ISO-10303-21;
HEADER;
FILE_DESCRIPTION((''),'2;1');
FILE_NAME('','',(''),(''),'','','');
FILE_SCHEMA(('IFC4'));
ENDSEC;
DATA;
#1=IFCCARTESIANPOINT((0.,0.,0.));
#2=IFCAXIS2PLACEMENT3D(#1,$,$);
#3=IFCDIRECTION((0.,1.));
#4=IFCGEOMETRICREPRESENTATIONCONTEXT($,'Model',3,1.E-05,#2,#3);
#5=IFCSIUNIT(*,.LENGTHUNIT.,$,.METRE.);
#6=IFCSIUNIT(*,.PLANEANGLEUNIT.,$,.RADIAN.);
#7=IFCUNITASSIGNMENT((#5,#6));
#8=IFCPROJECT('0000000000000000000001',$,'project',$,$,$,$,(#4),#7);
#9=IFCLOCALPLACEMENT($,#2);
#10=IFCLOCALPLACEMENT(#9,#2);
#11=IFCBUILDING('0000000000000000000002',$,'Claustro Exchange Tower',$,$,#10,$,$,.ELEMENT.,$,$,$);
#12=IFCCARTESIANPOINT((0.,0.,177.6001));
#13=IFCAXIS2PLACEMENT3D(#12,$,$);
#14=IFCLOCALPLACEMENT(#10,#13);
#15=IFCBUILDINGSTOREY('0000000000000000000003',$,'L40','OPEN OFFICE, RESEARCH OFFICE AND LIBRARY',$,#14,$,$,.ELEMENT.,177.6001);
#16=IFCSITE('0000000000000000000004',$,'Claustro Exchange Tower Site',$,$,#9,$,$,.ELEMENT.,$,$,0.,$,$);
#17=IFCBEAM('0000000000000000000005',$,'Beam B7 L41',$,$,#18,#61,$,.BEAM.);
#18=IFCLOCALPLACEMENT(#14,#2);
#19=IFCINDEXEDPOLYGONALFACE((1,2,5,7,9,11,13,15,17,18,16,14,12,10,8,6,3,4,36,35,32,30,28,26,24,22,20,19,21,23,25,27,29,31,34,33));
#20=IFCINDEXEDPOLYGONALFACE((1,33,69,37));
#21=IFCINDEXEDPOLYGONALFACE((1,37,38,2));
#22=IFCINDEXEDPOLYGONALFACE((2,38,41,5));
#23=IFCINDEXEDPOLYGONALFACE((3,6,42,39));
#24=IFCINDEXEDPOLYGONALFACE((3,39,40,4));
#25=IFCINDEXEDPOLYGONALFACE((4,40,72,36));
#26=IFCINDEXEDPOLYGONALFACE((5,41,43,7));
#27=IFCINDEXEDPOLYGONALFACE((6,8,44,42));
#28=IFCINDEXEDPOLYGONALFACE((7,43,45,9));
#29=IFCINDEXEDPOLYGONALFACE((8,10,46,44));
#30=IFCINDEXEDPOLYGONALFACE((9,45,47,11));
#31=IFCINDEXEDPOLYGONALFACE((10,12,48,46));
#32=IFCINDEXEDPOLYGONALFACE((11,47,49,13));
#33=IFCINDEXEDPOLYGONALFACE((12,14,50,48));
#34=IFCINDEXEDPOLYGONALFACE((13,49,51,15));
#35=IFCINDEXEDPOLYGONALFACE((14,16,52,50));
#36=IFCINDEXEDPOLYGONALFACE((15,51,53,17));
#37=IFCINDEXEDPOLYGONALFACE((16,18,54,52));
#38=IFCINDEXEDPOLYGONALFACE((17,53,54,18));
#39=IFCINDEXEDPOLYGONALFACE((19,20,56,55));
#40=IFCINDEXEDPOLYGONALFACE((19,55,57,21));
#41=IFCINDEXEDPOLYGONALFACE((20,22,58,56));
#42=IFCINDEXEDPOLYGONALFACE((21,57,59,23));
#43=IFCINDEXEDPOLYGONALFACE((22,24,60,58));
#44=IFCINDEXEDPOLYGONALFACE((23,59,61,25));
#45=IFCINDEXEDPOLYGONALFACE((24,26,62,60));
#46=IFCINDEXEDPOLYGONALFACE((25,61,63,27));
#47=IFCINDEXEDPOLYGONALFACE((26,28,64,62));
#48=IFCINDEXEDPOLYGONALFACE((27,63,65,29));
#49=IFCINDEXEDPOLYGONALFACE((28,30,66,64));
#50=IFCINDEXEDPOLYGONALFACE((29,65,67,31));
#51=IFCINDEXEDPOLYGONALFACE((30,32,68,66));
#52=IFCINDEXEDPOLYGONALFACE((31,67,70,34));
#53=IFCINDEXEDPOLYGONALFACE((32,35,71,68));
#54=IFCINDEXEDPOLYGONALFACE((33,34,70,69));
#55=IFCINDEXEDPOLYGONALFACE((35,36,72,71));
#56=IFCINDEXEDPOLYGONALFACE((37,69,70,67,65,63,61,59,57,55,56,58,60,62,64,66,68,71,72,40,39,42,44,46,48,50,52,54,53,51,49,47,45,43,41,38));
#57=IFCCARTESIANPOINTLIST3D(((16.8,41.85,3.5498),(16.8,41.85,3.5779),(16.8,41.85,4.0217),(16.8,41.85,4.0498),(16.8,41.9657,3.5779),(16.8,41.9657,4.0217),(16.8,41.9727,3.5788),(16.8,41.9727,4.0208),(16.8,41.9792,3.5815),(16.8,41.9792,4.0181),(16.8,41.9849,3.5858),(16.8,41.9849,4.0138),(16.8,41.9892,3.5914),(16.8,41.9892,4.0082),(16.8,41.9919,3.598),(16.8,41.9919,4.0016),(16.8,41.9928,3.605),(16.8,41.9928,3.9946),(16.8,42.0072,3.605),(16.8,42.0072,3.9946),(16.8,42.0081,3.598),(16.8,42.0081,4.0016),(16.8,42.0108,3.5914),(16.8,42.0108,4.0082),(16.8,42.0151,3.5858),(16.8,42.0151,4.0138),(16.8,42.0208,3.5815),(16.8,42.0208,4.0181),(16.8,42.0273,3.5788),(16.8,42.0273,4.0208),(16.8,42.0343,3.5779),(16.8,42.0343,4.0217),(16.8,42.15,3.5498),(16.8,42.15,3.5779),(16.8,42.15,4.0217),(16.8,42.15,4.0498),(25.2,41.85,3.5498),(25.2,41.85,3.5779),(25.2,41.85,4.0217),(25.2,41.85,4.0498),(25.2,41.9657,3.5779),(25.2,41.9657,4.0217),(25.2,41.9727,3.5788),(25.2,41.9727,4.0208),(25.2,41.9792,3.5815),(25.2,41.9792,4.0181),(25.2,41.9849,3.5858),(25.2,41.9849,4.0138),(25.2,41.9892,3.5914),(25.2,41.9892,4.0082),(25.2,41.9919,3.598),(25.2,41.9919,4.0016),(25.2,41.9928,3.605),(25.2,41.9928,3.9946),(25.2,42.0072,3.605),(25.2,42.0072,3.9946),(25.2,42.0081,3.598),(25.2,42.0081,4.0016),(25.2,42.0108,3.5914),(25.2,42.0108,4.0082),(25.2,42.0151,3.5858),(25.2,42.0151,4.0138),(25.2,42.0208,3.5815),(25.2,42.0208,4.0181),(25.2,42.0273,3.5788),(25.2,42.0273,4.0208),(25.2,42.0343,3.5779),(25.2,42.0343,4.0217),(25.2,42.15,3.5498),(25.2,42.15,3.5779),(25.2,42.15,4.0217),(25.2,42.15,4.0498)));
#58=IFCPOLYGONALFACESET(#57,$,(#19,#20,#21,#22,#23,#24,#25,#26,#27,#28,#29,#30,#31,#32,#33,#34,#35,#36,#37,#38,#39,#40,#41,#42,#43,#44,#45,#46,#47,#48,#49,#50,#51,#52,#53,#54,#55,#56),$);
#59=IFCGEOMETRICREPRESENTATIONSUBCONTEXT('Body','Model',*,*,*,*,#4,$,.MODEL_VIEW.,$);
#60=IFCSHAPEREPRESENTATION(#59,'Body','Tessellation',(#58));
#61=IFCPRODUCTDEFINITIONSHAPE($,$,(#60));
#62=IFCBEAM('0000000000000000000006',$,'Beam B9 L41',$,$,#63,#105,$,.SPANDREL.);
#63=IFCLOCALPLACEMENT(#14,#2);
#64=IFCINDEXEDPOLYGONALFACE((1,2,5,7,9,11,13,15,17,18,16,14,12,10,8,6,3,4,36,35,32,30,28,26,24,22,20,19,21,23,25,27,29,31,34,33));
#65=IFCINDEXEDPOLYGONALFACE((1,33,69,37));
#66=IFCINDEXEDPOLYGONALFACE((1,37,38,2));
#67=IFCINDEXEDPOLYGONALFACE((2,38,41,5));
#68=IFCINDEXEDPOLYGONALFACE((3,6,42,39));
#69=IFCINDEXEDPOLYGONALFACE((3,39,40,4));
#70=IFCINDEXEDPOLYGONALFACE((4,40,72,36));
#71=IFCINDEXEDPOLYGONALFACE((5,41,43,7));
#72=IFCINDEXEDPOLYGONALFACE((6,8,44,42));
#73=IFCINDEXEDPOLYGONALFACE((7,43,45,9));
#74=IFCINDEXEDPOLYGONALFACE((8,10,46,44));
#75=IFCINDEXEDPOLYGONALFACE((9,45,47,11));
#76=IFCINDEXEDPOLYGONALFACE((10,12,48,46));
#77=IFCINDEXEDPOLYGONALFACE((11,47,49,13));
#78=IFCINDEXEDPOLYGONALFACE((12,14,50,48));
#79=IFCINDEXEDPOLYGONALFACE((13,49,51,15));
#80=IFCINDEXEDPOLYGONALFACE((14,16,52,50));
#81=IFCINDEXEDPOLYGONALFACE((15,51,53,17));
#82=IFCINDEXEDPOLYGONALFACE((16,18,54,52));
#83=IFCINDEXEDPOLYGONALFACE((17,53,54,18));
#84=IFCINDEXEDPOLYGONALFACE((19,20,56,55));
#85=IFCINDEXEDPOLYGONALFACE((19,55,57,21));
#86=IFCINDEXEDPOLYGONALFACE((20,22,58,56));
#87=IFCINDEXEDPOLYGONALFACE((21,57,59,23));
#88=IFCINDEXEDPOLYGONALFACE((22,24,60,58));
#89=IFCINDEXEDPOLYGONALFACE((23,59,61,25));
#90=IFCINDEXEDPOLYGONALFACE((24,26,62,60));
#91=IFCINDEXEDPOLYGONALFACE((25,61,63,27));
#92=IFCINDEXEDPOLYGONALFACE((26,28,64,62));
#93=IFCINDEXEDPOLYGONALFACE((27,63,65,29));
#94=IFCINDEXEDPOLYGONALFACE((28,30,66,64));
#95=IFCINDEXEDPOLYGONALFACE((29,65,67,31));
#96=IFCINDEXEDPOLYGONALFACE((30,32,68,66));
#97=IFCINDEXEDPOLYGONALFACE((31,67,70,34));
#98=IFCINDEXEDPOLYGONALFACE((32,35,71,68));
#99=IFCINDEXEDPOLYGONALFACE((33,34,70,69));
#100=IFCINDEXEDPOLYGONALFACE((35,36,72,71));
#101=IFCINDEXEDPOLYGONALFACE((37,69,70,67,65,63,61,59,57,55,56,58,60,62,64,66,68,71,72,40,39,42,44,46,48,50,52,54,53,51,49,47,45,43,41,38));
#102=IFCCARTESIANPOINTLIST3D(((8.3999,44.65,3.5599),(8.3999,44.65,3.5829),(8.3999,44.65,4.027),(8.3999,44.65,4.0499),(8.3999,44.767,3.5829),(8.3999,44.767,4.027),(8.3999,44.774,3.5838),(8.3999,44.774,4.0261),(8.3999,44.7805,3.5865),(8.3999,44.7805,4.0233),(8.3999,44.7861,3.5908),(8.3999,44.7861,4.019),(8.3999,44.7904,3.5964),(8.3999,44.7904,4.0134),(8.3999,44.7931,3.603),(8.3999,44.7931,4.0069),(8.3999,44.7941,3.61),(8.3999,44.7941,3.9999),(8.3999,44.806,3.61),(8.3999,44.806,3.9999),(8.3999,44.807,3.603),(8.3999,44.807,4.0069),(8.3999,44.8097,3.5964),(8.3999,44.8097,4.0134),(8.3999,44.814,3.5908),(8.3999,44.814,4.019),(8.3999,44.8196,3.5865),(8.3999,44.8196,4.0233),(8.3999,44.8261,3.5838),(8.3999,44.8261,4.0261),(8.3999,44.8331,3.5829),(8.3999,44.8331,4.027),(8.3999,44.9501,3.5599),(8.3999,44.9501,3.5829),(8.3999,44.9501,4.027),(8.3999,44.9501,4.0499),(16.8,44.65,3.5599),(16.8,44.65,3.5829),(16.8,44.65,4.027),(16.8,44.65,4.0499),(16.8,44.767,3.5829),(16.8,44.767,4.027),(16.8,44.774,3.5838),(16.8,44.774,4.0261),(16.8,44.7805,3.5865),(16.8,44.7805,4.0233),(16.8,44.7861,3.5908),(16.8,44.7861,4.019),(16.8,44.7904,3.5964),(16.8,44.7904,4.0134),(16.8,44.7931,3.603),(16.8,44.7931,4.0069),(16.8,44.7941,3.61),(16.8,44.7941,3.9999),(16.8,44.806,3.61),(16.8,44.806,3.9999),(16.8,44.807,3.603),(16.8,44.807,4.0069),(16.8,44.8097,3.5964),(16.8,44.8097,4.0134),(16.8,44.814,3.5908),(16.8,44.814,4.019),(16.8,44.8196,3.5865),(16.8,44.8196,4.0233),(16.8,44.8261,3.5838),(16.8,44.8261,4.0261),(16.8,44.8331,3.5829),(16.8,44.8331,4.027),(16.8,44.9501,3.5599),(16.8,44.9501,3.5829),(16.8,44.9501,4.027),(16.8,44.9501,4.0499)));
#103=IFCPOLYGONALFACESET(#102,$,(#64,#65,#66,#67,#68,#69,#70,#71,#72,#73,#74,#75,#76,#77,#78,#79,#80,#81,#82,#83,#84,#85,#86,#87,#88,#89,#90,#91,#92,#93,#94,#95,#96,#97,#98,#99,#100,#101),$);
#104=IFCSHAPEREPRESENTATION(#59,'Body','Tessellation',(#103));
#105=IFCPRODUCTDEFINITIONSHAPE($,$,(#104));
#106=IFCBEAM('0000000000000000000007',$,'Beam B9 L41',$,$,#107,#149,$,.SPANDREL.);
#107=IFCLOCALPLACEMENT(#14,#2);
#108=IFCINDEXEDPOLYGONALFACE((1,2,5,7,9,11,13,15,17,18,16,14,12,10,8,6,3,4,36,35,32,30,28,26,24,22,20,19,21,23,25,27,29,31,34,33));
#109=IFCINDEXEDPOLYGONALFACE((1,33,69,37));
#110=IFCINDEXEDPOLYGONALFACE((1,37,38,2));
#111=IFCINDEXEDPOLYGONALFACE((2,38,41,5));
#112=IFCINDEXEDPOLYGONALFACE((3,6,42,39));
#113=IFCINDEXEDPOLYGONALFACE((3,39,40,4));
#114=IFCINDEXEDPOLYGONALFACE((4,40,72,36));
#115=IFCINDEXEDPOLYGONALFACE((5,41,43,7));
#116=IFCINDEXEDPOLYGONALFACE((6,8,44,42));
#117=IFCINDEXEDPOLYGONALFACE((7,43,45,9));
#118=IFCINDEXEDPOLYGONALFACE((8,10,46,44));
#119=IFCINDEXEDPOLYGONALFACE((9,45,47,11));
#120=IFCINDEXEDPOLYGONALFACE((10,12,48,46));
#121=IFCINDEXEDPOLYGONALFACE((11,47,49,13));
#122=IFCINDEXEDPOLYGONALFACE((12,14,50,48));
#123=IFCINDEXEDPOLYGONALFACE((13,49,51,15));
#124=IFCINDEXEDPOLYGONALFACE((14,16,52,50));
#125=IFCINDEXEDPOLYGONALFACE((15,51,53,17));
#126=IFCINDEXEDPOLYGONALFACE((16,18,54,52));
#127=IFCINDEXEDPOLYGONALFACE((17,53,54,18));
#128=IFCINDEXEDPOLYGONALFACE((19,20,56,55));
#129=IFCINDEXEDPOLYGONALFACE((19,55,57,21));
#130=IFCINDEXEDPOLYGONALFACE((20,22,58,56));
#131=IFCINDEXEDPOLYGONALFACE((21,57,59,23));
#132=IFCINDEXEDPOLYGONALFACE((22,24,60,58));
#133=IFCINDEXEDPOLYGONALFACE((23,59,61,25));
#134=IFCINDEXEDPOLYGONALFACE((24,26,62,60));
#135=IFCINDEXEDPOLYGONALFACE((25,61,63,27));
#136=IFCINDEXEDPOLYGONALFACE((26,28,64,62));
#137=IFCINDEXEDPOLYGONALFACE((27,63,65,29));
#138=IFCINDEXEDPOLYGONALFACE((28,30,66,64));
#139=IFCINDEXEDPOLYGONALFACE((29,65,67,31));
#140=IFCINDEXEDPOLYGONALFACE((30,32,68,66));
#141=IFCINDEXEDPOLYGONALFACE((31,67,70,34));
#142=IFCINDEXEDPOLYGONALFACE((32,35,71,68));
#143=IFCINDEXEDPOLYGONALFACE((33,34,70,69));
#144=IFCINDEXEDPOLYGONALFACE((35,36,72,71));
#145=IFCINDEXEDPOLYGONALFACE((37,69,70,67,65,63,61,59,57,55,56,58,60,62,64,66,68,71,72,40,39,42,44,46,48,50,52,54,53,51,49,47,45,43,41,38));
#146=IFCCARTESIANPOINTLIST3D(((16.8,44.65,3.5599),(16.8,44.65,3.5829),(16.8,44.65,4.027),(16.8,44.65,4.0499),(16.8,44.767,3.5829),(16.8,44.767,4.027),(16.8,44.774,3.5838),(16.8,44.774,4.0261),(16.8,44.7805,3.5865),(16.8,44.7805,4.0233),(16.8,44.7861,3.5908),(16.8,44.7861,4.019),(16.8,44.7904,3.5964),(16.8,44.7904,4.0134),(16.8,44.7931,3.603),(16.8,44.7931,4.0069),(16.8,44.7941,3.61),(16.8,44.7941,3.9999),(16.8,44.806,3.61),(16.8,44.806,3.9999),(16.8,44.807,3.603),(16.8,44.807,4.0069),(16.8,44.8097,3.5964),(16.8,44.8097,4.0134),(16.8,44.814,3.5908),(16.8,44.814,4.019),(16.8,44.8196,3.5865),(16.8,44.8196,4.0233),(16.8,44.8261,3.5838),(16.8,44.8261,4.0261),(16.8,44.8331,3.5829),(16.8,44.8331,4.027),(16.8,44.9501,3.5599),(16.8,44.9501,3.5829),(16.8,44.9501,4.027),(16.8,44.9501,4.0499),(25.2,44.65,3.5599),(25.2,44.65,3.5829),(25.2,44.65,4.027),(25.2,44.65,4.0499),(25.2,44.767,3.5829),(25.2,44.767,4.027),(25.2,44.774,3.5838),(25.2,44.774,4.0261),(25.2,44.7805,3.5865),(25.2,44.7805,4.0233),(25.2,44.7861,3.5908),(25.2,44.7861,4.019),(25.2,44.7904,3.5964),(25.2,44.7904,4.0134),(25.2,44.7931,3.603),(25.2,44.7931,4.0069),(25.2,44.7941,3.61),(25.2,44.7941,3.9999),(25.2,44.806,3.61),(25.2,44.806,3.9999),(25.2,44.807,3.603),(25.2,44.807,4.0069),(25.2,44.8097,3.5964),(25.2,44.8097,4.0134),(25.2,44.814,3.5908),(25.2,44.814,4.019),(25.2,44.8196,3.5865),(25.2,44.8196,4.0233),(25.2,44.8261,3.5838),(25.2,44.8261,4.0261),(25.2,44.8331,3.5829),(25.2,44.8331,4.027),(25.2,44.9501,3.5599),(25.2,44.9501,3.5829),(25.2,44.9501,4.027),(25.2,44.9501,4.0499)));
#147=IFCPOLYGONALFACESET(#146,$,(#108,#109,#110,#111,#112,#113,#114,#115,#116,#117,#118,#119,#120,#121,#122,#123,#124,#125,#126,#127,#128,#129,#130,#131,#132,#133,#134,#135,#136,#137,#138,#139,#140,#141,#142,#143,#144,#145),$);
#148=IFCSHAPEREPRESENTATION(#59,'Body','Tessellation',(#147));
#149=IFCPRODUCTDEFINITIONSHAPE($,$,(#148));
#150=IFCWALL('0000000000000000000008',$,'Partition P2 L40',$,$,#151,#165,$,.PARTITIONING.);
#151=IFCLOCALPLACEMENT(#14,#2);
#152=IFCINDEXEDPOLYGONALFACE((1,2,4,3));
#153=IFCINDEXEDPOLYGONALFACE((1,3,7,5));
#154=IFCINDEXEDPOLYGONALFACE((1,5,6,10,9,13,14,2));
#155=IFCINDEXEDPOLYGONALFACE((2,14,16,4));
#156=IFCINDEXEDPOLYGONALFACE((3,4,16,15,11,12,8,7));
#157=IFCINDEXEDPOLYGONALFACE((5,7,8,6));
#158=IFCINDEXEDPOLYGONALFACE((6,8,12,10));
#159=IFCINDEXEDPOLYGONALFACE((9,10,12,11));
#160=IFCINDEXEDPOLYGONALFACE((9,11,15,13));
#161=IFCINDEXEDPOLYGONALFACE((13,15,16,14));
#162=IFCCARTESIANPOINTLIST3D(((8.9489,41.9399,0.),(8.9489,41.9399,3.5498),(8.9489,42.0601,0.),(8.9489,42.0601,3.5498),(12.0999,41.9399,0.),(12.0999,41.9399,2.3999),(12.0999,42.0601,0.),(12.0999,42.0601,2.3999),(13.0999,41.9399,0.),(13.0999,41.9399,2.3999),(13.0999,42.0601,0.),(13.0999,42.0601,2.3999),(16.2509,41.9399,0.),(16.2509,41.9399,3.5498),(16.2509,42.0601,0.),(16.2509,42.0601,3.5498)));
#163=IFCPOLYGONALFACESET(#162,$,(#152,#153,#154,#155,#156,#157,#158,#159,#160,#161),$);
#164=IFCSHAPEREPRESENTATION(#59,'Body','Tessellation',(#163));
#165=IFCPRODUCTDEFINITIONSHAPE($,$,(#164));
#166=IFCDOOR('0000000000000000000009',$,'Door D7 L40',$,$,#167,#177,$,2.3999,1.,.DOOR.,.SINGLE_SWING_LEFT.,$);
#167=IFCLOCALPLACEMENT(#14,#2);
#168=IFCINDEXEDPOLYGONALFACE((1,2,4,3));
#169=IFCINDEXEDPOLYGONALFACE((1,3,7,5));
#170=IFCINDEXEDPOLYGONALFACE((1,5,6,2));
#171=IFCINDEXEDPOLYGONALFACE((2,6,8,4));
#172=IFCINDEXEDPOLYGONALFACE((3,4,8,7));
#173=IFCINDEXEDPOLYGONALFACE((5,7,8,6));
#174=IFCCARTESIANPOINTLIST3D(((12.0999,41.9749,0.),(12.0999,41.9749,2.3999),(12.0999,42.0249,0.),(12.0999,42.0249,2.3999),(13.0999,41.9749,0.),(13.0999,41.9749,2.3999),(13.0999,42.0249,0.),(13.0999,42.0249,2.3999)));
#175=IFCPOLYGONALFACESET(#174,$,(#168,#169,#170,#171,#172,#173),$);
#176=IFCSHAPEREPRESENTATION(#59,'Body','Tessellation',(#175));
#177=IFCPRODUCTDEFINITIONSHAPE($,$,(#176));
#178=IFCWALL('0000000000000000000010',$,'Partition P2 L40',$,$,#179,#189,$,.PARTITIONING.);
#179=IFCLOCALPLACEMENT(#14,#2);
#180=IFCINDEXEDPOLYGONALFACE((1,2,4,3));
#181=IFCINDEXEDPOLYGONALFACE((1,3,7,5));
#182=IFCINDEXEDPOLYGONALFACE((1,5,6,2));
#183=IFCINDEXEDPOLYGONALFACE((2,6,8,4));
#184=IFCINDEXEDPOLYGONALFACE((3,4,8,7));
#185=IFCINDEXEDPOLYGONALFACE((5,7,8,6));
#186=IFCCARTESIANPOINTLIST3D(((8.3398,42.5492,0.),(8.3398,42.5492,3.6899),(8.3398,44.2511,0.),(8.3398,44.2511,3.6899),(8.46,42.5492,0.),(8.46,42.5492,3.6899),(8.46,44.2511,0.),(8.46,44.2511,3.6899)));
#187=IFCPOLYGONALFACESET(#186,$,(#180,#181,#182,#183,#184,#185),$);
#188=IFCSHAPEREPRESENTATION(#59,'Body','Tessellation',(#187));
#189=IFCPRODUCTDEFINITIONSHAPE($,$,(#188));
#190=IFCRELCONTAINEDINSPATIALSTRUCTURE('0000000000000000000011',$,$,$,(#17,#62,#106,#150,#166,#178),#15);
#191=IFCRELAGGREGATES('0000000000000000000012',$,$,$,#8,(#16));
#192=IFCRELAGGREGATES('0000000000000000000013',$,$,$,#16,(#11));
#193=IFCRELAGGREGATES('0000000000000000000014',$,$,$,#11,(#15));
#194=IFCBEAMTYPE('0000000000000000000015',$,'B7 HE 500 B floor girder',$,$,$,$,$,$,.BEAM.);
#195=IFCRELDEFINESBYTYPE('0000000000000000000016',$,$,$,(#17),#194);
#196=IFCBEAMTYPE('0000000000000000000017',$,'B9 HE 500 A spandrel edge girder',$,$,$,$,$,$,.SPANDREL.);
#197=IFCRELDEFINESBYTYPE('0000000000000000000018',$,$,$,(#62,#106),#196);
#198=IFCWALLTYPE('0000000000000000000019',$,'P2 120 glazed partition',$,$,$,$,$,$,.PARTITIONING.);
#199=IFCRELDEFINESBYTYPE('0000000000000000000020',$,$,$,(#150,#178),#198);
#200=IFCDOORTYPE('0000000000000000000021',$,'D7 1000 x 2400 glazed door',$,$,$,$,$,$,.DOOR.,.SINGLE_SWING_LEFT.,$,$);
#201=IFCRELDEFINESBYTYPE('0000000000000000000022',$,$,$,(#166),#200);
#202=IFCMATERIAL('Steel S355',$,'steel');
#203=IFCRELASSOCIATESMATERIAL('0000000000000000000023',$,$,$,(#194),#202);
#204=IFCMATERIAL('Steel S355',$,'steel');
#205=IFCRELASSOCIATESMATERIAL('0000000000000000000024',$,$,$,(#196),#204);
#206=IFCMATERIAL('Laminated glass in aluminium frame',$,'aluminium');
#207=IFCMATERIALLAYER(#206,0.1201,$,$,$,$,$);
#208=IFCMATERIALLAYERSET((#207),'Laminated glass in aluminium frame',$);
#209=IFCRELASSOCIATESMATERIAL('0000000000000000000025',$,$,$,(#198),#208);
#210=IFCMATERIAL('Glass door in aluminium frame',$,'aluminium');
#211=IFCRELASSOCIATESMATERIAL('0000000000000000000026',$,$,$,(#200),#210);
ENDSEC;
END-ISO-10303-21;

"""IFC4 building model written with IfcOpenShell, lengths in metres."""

from ifc_helpers import new_model, si_unit, direction, frame, frame_2d, origin, origin_2d, place, context, subcontext, project, spatial, rectangle, i_section, extrude, material, layer, layer_set, material_profile, profile_set, type_object, element, fill, save


model = new_model("IFC4")

# Units and contexts
model_context = context("Model", 3, precision=1e-05, world=origin(), true_north=direction((0.0, 1.0)))
body_context = subcontext(model_context, "Body", "Model", "MODEL_VIEW")
ifc_project = project(units=[si_unit("LENGTHUNIT", "METRE"), si_unit("PLANEANGLEUNIT", "RADIAN")], contexts=[model_context])

# Site, building, storey
site_placement = place(None, origin())
site = spatial("IfcSite", under=ifc_project, at=site_placement, Name="Claustro Exchange Tower Site", CompositionType="ELEMENT", RefElevation=0.0)
building_placement = place(site_placement, origin())
building = spatial("IfcBuilding", under=site, at=building_placement, Name="Claustro Exchange Tower", CompositionType="ELEMENT")
storey_placement = place(building_placement, frame((0.0, 0.0, 177.6001)))
storey = spatial("IfcBuildingStorey", under=building, at=storey_placement, Name="L40", Description="OPEN OFFICE, RESEARCH OFFICE AND LIBRARY", CompositionType="ELEMENT", Elevation=177.6001)

# Beams
ifc_material_1 = material(Name="Steel S355", Category="steel")
ifc_material_profile_1 = material_profile(ifc_material_1, i_section(OverallWidth=0.3, OverallDepth=0.5, WebThickness=0.0144, FlangeThickness=0.0281, FilletRadius=0.0271, at=origin_2d()), Name="HE 500 B")
ifc_profile_set_1 = profile_set([ifc_material_profile_1], Name="Steel S355")
beam_type_1 = type_object("IfcBeamType", Name="B7 HE 500 B floor girder", PredefinedType="BEAM", material=ifc_profile_set_1)
beam_1_placement = place(storey_placement, frame((16.8, 42.0, 3.7998), z_axis=(1.0, 0.0, 0.0), x_axis=(0.0, 1.0, 0.0)))
element("IfcBeam", 1, at=beam_1_placement, inside=storey, type_object=beam_type_1, Name="Beam B7 L41", PredefinedType="BEAM", context=body_context, shape_type="SweptSolid", body=[
    extrude(i_section(OverallWidth=0.3, OverallDepth=0.5, WebThickness=0.0144, FlangeThickness=0.0281, FilletRadius=0.0271, at=origin_2d()), origin(), (0.0, 0.0, 1.0), 8.3999),
])
ifc_material_2 = material(Name="Steel S355", Category="steel")
ifc_material_profile_2 = material_profile(ifc_material_2, i_section(OverallWidth=0.3, OverallDepth=0.49, WebThickness=0.012, FlangeThickness=0.0229, FilletRadius=0.0271, at=origin_2d()), Name="HE 500 A")
ifc_profile_set_2 = profile_set([ifc_material_profile_2], Name="Steel S355")
beam_type_2 = type_object("IfcBeamType", Name="B9 HE 500 A spandrel edge girder", PredefinedType="SPANDREL", material=ifc_profile_set_2)
beam_2_placement = place(storey_placement, frame((8.3999, 44.8, 3.8049), z_axis=(1.0, 0.0, 0.0), x_axis=(0.0, 1.0, 0.0)))
element("IfcBeam", 2, at=beam_2_placement, inside=storey, type_object=beam_type_2, Name="Beam B9 L41", PredefinedType="SPANDREL", context=body_context, shape_type="SweptSolid", body=[
    extrude(i_section(OverallWidth=0.3, OverallDepth=0.49, WebThickness=0.012, FlangeThickness=0.0229, FilletRadius=0.0271, at=origin_2d()), origin(), (0.0, 0.0, 1.0), 8.4001),
])
beam_3_placement = place(storey_placement, frame((16.8, 44.8, 3.8049), z_axis=(1.0, 0.0, 0.0), x_axis=(0.0, 1.0, 0.0)))
element("IfcBeam", 3, at=beam_3_placement, inside=storey, type_object=beam_type_2, Name="Beam B9 L41", PredefinedType="SPANDREL", context=body_context, shape_type="SweptSolid", body=[
    extrude(i_section(OverallWidth=0.3, OverallDepth=0.49, WebThickness=0.012, FlangeThickness=0.0229, FilletRadius=0.0271, at=origin_2d()), origin(), (0.0, 0.0, 1.0), 8.3999),
])

# Wall, opening, door
ifc_material_3 = material(Name="Laminated glass in aluminium frame", Category="aluminium")
ifc_layer_1 = layer(ifc_material_3, 0.1201)
ifc_layer_set_1 = layer_set([ifc_layer_1], Name="Laminated glass in aluminium frame")
wall_type_1 = type_object("IfcWallType", Name="P2 120 glazed partition", PredefinedType="PARTITIONING", material=ifc_layer_set_1)
wall_1_placement = place(storey_placement, frame((8.949, 42.0, 0.0), z_axis=(0.0, 0.0, 1.0), x_axis=(1.0, 0.0, 0.0)))
wall_1 = element("IfcWall", 4, at=wall_1_placement, inside=storey, type_object=wall_type_1, Name="Partition P2 L40", PredefinedType="PARTITIONING", context=body_context, shape_type="SweptSolid", body=[
    extrude(rectangle(XDim=7.302, YDim=0.1201, at=frame_2d((3.6509, 0.0))), origin(), (0.0, 0.0, 1.0), 3.5498),
])
opening_1_placement = place(wall_1_placement, frame((3.1509, 0.0, 0.0)))
opening_1 = element("IfcOpeningElement", 5, at=opening_1_placement, cuts=wall_1, PredefinedType="OPENING", context=body_context, shape_type="SweptSolid", body=[
    extrude(rectangle(XDim=1.0, YDim=2.3999, at=frame_2d((0.5, 1.2))), frame((0.0, 0.0701, 0.0), z_axis=(0.0, -1.0, 0.0), x_axis=(1.0, 0.0, 0.0)), (0.0, 0.0, 1.0), 0.1401),
])
ifc_material_4 = material(Name="Glass door in aluminium frame", Category="aluminium")
door_type_1 = type_object("IfcDoorType", Name="D7 1000 x 2400 glazed door", OperationType="SINGLE_SWING_LEFT", PredefinedType="DOOR", material=ifc_material_4)
door_1_placement = place(opening_1_placement, origin())
door_1 = element("IfcDoor", 6, at=door_1_placement, inside=storey, type_object=door_type_1, Name="Door D7 L40", OperationType="SINGLE_SWING_LEFT", OverallHeight=2.3999, OverallWidth=1.0, PredefinedType="DOOR", context=body_context, shape_type="SweptSolid", body=[
    extrude(rectangle(XDim=1.0, YDim=2.3999, at=frame_2d((0.5, 1.2))), frame((0.0, 0.0249, 0.0), z_axis=(0.0, -1.0, 0.0), x_axis=(1.0, 0.0, 0.0)), (0.0, 0.0, 1.0), 0.05),
])
fill(opening_1, door_1)

# Wall
wall_2_placement = place(storey_placement, frame((8.3999, 42.5491, 0.0), z_axis=(0.0, 0.0, 1.0), x_axis=(0.0, 1.0, 0.0)))
element("IfcWall", 7, at=wall_2_placement, inside=storey, type_object=wall_type_1, Name="Partition P2 L40", PredefinedType="PARTITIONING", context=body_context, shape_type="SweptSolid", body=[
    extrude(rectangle(XDim=1.7019, YDim=0.1201, at=frame_2d((0.8511, 0.0))), origin(), (0.0, 0.0, 1.0), 3.6899),
])

save(model, "model.ifc")
